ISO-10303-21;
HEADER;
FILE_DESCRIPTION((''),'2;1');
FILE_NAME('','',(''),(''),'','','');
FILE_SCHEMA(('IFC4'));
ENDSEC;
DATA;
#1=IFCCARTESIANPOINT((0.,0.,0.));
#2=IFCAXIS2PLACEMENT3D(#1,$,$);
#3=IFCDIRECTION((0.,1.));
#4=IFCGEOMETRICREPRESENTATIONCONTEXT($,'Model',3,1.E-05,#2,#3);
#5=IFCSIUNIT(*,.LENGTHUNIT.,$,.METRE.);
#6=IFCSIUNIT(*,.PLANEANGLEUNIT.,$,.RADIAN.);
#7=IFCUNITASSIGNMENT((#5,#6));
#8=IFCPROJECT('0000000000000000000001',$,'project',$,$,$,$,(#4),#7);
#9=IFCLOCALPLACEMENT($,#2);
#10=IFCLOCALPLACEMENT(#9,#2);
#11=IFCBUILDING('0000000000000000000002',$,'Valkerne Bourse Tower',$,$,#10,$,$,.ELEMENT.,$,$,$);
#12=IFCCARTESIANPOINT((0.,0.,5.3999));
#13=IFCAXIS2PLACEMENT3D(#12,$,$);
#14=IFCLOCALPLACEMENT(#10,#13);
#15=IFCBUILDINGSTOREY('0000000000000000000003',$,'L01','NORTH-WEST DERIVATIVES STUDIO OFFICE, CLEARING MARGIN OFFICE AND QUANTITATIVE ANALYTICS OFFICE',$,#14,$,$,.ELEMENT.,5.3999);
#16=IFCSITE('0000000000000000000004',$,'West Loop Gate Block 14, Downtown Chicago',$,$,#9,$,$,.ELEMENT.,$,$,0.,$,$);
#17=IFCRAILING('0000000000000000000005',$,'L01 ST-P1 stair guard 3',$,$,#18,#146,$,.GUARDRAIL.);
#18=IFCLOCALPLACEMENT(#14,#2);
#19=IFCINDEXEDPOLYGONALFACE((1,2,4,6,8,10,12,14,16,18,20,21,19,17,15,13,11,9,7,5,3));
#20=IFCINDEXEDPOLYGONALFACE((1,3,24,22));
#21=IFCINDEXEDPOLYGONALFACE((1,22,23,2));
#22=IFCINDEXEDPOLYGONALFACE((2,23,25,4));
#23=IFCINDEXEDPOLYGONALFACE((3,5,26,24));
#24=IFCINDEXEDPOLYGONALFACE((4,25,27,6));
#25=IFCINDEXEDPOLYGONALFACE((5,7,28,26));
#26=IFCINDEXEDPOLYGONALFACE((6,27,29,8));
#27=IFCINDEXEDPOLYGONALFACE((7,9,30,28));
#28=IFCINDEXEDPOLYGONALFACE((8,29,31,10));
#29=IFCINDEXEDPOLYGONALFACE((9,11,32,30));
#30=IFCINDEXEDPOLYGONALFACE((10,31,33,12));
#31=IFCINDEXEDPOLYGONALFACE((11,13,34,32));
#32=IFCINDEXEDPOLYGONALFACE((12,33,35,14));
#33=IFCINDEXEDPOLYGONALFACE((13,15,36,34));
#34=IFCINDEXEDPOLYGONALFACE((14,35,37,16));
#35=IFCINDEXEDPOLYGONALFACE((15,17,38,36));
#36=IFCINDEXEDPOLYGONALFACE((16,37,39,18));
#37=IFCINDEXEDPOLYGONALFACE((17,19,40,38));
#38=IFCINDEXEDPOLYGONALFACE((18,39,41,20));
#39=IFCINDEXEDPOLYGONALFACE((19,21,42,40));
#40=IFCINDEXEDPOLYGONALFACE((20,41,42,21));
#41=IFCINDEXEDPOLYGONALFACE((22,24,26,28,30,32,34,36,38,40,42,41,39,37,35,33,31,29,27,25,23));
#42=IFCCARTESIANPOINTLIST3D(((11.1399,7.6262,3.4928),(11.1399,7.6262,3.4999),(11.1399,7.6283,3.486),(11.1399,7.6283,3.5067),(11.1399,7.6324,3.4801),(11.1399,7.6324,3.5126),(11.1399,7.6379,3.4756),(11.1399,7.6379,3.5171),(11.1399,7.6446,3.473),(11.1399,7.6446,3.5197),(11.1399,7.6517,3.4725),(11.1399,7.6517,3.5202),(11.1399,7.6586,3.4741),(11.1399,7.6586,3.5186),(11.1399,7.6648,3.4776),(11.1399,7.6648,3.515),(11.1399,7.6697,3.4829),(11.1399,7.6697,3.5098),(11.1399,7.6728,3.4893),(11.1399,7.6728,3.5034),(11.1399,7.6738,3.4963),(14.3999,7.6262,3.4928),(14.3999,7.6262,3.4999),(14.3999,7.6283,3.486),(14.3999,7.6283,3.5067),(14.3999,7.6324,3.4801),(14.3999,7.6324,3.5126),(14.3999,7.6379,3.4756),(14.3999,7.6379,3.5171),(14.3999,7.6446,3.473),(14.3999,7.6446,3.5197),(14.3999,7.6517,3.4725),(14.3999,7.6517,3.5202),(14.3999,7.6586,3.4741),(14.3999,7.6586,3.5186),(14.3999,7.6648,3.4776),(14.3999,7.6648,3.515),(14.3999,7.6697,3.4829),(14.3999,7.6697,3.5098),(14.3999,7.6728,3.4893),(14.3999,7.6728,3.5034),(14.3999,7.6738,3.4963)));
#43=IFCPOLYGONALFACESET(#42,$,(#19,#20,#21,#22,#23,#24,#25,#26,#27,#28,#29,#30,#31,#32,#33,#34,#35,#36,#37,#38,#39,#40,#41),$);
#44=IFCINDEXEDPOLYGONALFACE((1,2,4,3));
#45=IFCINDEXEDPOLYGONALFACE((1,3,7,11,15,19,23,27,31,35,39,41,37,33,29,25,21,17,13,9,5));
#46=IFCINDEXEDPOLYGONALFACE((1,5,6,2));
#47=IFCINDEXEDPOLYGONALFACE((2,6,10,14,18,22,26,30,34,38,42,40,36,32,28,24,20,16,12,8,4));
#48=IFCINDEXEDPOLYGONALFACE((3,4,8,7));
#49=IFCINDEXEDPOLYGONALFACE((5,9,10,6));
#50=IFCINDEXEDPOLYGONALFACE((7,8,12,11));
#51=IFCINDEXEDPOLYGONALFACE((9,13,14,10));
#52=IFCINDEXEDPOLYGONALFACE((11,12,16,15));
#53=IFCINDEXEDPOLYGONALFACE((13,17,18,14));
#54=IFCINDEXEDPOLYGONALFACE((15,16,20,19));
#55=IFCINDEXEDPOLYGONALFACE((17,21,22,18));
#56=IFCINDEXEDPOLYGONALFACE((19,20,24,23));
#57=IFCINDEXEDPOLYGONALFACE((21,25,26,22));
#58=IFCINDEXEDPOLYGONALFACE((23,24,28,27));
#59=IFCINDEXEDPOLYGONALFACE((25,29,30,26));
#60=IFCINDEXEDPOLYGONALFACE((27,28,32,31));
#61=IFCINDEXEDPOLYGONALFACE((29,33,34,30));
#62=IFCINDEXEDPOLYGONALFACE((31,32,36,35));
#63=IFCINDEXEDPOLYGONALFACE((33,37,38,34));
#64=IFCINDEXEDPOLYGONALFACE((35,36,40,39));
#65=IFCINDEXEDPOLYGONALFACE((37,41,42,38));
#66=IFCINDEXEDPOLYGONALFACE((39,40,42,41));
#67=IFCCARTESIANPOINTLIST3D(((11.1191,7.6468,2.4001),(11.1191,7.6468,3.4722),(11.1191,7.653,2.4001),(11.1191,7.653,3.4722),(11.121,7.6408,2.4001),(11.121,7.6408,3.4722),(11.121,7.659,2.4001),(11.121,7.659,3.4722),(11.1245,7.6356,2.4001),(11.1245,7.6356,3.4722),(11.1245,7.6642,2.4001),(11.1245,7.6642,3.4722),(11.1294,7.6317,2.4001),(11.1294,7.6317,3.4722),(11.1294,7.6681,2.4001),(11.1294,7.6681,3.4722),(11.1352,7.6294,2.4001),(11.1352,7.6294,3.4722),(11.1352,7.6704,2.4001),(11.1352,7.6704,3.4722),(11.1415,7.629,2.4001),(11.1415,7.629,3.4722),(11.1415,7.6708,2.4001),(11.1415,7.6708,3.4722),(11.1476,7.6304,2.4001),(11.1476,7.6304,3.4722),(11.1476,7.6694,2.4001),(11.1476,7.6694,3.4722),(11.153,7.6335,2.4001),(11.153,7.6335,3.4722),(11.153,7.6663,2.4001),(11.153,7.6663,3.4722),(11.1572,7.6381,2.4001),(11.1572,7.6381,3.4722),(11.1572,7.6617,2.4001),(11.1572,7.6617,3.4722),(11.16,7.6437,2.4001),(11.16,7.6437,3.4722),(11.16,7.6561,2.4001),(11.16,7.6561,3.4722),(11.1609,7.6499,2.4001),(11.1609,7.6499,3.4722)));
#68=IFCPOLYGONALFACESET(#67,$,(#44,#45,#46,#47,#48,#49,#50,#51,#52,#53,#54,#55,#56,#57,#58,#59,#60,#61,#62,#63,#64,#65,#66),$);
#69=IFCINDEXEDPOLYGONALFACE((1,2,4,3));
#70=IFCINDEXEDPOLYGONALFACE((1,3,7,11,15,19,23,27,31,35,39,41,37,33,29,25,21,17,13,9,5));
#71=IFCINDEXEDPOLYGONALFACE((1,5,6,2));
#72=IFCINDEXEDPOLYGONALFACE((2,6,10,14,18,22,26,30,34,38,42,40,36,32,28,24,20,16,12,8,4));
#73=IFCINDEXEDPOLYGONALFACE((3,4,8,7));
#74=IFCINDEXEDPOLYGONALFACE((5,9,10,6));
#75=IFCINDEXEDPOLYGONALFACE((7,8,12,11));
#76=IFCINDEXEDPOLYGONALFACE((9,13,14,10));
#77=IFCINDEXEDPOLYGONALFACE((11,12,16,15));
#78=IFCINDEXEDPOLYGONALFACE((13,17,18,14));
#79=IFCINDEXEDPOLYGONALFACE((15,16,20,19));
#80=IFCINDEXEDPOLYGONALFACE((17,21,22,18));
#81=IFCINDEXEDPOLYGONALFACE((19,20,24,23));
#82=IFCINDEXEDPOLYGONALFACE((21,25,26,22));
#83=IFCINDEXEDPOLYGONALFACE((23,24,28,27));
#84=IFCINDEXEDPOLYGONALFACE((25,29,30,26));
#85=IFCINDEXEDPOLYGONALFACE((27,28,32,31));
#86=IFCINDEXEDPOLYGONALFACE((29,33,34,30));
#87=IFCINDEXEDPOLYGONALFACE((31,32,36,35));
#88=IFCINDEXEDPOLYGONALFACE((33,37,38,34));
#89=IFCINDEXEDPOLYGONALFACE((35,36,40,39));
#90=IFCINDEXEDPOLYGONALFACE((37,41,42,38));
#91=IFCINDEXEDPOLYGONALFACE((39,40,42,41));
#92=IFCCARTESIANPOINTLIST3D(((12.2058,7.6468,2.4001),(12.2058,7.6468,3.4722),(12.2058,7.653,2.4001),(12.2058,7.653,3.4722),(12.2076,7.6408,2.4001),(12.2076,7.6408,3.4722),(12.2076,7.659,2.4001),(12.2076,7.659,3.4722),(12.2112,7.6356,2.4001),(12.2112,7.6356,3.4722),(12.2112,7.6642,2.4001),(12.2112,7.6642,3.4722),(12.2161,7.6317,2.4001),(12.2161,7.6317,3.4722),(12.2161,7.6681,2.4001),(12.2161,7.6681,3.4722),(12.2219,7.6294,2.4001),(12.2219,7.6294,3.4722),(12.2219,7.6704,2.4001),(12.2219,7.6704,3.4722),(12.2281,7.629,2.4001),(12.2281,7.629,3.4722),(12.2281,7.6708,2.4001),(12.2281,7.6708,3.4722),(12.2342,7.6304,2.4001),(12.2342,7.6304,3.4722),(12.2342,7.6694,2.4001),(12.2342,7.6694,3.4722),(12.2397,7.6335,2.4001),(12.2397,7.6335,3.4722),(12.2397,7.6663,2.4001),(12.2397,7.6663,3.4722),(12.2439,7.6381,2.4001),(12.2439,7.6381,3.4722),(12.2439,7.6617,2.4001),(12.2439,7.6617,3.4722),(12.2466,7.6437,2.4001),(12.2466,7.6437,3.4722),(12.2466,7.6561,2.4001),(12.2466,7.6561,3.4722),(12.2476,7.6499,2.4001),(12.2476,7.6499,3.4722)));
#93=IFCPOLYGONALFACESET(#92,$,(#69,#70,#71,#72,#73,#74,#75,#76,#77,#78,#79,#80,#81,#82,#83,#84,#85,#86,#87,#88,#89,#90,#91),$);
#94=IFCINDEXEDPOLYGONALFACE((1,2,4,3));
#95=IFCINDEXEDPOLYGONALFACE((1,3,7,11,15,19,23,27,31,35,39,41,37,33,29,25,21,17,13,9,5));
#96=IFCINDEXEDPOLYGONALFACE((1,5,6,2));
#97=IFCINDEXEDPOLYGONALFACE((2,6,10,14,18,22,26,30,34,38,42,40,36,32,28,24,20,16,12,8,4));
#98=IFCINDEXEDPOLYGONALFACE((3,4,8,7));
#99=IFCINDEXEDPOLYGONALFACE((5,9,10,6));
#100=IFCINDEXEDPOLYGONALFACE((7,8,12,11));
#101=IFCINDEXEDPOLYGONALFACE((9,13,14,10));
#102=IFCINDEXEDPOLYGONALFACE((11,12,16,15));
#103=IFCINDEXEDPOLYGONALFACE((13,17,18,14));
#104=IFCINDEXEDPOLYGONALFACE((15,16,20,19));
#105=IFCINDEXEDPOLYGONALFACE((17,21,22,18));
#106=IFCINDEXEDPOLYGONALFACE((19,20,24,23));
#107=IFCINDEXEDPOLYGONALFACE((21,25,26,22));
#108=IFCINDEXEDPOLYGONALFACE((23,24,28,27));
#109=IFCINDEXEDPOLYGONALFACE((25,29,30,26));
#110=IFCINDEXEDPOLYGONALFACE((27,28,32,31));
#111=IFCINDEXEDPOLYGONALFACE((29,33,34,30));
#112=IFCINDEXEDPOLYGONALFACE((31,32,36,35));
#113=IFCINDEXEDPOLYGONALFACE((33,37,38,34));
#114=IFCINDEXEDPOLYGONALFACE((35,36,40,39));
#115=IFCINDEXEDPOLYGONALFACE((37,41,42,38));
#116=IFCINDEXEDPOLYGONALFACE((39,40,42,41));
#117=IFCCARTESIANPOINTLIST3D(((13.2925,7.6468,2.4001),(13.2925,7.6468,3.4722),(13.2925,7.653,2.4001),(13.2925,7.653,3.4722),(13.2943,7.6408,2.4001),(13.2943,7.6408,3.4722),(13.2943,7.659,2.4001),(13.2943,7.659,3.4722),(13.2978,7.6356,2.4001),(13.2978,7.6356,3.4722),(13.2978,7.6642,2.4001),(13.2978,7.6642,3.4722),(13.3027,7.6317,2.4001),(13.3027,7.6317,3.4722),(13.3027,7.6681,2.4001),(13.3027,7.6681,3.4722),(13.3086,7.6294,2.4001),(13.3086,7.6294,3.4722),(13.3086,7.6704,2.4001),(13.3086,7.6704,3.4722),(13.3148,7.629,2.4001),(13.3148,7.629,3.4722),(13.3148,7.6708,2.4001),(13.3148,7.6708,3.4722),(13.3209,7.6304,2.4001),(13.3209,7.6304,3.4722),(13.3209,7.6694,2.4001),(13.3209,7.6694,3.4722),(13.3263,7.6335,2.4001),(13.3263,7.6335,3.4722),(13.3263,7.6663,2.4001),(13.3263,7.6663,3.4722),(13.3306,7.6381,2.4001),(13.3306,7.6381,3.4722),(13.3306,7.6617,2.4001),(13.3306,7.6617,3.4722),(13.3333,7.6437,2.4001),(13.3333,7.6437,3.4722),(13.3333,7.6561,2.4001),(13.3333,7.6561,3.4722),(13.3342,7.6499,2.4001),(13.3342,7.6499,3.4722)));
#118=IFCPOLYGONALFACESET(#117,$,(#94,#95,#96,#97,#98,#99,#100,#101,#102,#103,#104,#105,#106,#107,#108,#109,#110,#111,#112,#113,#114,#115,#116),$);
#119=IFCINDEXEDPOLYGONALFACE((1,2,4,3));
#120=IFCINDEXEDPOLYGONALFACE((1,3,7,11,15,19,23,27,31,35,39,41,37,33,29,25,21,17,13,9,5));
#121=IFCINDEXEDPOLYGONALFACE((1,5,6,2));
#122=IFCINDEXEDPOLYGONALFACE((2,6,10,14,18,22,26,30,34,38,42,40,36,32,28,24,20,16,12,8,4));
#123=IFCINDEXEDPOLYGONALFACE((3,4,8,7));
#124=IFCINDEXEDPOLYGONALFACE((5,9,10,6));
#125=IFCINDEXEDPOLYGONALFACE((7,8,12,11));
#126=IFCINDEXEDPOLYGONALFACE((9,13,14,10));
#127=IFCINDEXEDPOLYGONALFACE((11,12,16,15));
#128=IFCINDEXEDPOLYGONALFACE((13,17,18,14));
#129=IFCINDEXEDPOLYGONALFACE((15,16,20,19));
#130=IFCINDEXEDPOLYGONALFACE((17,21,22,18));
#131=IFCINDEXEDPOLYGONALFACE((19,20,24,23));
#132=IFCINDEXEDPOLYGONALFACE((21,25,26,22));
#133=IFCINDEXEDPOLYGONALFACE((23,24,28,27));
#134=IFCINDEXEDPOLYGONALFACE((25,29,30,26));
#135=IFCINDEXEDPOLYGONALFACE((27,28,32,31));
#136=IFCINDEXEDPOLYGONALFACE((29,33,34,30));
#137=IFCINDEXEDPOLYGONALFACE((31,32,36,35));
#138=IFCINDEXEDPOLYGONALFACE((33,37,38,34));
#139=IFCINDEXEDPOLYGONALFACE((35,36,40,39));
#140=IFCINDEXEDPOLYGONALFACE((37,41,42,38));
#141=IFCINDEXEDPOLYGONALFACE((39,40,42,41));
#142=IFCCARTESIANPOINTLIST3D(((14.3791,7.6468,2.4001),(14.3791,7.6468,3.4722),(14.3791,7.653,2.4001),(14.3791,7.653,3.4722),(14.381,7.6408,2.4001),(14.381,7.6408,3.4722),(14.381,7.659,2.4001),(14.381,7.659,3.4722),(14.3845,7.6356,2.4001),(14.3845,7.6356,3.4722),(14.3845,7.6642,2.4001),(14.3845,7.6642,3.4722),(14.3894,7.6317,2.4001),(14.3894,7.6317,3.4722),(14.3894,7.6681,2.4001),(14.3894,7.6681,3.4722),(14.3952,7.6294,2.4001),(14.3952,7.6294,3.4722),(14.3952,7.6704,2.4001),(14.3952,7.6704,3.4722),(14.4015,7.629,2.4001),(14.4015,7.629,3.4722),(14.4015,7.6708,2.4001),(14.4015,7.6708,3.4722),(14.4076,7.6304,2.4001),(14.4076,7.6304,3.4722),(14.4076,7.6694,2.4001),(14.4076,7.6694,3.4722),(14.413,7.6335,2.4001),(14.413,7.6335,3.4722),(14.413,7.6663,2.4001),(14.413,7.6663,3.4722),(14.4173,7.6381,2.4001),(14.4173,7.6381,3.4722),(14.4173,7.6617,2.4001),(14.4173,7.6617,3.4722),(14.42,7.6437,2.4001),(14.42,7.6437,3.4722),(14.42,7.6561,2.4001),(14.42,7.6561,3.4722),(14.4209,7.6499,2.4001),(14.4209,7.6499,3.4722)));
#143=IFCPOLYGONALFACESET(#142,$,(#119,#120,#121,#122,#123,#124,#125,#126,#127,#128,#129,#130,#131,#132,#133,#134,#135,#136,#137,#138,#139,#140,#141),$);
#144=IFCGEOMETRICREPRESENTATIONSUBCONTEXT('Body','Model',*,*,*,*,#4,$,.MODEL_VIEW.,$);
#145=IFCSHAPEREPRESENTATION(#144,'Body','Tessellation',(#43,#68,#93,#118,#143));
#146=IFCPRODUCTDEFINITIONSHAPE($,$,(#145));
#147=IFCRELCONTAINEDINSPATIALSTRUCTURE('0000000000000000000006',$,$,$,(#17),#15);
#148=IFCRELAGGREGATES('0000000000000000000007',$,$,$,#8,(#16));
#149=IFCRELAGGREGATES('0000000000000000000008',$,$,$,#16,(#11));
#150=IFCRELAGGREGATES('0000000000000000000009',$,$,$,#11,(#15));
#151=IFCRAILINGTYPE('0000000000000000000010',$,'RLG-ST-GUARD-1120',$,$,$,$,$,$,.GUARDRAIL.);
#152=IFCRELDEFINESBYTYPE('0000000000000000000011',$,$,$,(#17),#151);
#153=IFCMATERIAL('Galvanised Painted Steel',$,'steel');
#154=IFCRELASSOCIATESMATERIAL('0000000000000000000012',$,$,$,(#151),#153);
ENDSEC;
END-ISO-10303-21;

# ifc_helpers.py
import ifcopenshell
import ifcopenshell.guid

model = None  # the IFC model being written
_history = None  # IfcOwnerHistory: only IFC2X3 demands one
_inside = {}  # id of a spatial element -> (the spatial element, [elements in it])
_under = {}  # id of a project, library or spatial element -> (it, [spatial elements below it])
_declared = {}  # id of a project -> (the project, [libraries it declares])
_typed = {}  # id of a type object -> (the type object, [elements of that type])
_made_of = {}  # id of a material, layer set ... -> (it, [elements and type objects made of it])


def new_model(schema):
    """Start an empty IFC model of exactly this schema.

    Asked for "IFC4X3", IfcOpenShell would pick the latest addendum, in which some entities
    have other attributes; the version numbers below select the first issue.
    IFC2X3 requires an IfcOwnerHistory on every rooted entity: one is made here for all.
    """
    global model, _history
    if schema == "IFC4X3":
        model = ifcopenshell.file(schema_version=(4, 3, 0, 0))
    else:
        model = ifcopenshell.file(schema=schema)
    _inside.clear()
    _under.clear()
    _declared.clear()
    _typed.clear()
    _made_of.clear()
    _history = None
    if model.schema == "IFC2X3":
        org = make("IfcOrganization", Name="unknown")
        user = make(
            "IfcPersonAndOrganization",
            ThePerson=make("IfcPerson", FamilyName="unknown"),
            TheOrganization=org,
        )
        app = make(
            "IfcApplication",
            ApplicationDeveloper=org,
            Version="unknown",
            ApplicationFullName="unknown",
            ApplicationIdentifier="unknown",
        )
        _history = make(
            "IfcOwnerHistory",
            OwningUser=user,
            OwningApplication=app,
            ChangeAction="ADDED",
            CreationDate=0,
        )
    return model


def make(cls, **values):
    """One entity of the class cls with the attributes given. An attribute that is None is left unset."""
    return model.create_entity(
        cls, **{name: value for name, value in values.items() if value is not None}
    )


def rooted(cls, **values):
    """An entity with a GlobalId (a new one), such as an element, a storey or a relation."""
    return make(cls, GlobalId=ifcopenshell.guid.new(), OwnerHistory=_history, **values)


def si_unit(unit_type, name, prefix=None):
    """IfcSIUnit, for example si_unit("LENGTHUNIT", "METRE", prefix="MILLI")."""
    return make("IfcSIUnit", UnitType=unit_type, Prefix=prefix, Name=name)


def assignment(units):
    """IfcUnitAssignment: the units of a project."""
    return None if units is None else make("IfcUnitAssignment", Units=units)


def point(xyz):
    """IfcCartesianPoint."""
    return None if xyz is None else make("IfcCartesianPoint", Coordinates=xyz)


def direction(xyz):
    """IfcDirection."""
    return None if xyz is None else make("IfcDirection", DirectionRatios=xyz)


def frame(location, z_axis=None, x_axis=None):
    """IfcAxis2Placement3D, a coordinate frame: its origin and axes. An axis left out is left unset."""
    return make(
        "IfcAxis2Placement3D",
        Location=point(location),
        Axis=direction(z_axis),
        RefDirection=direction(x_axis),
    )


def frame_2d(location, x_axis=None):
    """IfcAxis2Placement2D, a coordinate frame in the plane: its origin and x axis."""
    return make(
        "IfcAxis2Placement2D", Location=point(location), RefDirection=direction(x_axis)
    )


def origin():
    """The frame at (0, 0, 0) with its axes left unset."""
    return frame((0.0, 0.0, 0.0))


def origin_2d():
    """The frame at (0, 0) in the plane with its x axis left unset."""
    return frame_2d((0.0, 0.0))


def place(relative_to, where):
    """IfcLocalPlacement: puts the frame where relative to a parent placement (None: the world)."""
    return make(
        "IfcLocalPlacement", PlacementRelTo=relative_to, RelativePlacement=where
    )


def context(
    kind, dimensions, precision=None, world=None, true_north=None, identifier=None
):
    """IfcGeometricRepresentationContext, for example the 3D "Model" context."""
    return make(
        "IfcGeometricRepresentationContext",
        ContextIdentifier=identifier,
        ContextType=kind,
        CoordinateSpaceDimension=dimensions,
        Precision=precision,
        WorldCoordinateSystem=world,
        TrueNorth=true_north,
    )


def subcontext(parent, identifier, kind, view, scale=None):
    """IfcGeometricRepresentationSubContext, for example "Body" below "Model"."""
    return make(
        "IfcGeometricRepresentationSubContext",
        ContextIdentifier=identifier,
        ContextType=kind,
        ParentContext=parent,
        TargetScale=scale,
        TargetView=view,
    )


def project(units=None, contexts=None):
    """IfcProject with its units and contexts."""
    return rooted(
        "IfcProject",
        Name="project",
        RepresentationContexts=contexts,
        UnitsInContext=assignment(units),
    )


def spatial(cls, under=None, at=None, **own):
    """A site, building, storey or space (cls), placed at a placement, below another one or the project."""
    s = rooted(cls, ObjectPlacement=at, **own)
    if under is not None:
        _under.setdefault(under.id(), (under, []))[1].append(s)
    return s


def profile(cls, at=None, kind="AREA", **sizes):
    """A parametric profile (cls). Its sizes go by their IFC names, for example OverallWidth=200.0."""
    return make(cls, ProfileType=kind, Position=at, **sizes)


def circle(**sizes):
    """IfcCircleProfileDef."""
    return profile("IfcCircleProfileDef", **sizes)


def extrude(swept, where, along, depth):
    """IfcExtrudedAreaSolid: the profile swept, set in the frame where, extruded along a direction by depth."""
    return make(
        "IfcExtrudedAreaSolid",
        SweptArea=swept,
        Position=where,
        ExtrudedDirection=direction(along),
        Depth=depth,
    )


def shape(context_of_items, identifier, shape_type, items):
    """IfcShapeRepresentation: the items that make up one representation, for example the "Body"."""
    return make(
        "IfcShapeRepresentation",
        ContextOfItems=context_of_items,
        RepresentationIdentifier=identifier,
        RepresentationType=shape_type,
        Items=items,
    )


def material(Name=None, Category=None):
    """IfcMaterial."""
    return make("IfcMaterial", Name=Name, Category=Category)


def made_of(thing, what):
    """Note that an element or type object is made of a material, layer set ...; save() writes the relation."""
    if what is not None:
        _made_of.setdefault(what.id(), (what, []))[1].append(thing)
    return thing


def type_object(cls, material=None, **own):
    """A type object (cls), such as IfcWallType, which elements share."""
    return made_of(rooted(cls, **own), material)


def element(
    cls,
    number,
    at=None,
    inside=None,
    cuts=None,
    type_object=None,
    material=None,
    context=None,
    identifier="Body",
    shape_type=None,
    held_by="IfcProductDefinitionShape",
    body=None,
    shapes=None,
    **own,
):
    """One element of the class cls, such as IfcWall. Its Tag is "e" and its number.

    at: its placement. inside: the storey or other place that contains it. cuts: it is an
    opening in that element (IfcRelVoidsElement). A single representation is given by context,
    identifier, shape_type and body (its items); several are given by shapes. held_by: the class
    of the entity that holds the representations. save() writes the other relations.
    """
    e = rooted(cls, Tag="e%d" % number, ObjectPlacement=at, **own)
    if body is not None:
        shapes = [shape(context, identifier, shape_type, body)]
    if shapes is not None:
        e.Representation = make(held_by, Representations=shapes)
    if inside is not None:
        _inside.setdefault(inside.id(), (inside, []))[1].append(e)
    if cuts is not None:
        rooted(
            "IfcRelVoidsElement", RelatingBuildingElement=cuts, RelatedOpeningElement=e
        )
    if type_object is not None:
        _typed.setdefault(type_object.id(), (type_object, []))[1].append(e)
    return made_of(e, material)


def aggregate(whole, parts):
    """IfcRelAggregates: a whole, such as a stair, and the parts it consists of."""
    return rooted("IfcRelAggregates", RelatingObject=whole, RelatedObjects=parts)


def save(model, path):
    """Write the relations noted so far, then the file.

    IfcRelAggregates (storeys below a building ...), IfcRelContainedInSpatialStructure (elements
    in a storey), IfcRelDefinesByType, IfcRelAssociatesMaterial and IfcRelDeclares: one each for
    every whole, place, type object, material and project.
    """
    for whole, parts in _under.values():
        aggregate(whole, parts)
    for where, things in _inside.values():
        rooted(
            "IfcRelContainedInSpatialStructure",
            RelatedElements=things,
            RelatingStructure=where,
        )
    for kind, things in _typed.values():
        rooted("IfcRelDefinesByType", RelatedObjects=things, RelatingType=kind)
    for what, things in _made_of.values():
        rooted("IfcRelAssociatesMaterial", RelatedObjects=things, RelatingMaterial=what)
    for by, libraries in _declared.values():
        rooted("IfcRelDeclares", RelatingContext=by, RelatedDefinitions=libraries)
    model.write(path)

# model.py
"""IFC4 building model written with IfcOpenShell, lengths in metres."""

from ifc_helpers import new_model, si_unit, direction, frame, origin, origin_2d, place, context, subcontext, project, spatial, circle, extrude, material, type_object, element, save


model = new_model("IFC4")

# Units and contexts
model_context = context("Model", 3, precision=1e-05, world=origin(), true_north=direction((0.0, 1.0)))
body_context = subcontext(model_context, "Body", "Model", "MODEL_VIEW")
ifc_project = project(units=[si_unit("LENGTHUNIT", "METRE"), si_unit("PLANEANGLEUNIT", "RADIAN")], contexts=[model_context])

# Site, building, storey
site_placement = place(None, origin())
site = spatial("IfcSite", under=ifc_project, at=site_placement, Name="West Loop Gate Block 14, Downtown Chicago", CompositionType="ELEMENT", RefElevation=0.0)
building_placement = place(site_placement, origin())
building = spatial("IfcBuilding", under=site, at=building_placement, Name="Valkerne Bourse Tower", CompositionType="ELEMENT")
storey_placement = place(building_placement, frame((0.0, 0.0, 5.3999)))
storey = spatial("IfcBuildingStorey", under=building, at=storey_placement, Name="L01", Description="NORTH-WEST DERIVATIVES STUDIO OFFICE, CLEARING MARGIN OFFICE AND QUANTITATIVE ANALYTICS OFFICE", CompositionType="ELEMENT", Elevation=5.3999)

# Railing
ifc_material_1 = material(Name="Galvanised Painted Steel", Category="steel")
railing_type_1 = type_object("IfcRailingType", Name="RLG-ST-GUARD-1120", PredefinedType="GUARDRAIL", material=ifc_material_1)
railing_1_placement = place(storey_placement, frame((11.1399, 7.6499, 2.4001)))
element("IfcRailing", 1, at=railing_1_placement, inside=storey, type_object=railing_type_1, Name="L01 ST-P1 stair guard 3", PredefinedType="GUARDRAIL", context=body_context, shape_type="SweptSolid", body=[
    extrude(circle(Radius=0.0239, at=origin_2d()), frame((0.0, 0.0, 1.0962), z_axis=(1.0, 0.0, 0.0), x_axis=(0.0, 1.0, 0.0)), (0.0, 0.0, 1.0), 3.26),
    extrude(circle(Radius=0.021, at=origin_2d()), origin(), (0.0, 0.0, 1.0), 1.072),
    extrude(circle(Radius=0.021, at=origin_2d()), frame((1.0867, 0.0, 0.0)), (0.0, 0.0, 1.0), 1.072),
    extrude(circle(Radius=0.021, at=origin_2d()), frame((2.1733, 0.0, 0.0)), (0.0, 0.0, 1.0), 1.072),
    extrude(circle(Radius=0.021, at=origin_2d()), frame((3.26, 0.0, 0.0)), (0.0, 0.0, 1.0), 1.072),
])

save(model, "model.ifc")
